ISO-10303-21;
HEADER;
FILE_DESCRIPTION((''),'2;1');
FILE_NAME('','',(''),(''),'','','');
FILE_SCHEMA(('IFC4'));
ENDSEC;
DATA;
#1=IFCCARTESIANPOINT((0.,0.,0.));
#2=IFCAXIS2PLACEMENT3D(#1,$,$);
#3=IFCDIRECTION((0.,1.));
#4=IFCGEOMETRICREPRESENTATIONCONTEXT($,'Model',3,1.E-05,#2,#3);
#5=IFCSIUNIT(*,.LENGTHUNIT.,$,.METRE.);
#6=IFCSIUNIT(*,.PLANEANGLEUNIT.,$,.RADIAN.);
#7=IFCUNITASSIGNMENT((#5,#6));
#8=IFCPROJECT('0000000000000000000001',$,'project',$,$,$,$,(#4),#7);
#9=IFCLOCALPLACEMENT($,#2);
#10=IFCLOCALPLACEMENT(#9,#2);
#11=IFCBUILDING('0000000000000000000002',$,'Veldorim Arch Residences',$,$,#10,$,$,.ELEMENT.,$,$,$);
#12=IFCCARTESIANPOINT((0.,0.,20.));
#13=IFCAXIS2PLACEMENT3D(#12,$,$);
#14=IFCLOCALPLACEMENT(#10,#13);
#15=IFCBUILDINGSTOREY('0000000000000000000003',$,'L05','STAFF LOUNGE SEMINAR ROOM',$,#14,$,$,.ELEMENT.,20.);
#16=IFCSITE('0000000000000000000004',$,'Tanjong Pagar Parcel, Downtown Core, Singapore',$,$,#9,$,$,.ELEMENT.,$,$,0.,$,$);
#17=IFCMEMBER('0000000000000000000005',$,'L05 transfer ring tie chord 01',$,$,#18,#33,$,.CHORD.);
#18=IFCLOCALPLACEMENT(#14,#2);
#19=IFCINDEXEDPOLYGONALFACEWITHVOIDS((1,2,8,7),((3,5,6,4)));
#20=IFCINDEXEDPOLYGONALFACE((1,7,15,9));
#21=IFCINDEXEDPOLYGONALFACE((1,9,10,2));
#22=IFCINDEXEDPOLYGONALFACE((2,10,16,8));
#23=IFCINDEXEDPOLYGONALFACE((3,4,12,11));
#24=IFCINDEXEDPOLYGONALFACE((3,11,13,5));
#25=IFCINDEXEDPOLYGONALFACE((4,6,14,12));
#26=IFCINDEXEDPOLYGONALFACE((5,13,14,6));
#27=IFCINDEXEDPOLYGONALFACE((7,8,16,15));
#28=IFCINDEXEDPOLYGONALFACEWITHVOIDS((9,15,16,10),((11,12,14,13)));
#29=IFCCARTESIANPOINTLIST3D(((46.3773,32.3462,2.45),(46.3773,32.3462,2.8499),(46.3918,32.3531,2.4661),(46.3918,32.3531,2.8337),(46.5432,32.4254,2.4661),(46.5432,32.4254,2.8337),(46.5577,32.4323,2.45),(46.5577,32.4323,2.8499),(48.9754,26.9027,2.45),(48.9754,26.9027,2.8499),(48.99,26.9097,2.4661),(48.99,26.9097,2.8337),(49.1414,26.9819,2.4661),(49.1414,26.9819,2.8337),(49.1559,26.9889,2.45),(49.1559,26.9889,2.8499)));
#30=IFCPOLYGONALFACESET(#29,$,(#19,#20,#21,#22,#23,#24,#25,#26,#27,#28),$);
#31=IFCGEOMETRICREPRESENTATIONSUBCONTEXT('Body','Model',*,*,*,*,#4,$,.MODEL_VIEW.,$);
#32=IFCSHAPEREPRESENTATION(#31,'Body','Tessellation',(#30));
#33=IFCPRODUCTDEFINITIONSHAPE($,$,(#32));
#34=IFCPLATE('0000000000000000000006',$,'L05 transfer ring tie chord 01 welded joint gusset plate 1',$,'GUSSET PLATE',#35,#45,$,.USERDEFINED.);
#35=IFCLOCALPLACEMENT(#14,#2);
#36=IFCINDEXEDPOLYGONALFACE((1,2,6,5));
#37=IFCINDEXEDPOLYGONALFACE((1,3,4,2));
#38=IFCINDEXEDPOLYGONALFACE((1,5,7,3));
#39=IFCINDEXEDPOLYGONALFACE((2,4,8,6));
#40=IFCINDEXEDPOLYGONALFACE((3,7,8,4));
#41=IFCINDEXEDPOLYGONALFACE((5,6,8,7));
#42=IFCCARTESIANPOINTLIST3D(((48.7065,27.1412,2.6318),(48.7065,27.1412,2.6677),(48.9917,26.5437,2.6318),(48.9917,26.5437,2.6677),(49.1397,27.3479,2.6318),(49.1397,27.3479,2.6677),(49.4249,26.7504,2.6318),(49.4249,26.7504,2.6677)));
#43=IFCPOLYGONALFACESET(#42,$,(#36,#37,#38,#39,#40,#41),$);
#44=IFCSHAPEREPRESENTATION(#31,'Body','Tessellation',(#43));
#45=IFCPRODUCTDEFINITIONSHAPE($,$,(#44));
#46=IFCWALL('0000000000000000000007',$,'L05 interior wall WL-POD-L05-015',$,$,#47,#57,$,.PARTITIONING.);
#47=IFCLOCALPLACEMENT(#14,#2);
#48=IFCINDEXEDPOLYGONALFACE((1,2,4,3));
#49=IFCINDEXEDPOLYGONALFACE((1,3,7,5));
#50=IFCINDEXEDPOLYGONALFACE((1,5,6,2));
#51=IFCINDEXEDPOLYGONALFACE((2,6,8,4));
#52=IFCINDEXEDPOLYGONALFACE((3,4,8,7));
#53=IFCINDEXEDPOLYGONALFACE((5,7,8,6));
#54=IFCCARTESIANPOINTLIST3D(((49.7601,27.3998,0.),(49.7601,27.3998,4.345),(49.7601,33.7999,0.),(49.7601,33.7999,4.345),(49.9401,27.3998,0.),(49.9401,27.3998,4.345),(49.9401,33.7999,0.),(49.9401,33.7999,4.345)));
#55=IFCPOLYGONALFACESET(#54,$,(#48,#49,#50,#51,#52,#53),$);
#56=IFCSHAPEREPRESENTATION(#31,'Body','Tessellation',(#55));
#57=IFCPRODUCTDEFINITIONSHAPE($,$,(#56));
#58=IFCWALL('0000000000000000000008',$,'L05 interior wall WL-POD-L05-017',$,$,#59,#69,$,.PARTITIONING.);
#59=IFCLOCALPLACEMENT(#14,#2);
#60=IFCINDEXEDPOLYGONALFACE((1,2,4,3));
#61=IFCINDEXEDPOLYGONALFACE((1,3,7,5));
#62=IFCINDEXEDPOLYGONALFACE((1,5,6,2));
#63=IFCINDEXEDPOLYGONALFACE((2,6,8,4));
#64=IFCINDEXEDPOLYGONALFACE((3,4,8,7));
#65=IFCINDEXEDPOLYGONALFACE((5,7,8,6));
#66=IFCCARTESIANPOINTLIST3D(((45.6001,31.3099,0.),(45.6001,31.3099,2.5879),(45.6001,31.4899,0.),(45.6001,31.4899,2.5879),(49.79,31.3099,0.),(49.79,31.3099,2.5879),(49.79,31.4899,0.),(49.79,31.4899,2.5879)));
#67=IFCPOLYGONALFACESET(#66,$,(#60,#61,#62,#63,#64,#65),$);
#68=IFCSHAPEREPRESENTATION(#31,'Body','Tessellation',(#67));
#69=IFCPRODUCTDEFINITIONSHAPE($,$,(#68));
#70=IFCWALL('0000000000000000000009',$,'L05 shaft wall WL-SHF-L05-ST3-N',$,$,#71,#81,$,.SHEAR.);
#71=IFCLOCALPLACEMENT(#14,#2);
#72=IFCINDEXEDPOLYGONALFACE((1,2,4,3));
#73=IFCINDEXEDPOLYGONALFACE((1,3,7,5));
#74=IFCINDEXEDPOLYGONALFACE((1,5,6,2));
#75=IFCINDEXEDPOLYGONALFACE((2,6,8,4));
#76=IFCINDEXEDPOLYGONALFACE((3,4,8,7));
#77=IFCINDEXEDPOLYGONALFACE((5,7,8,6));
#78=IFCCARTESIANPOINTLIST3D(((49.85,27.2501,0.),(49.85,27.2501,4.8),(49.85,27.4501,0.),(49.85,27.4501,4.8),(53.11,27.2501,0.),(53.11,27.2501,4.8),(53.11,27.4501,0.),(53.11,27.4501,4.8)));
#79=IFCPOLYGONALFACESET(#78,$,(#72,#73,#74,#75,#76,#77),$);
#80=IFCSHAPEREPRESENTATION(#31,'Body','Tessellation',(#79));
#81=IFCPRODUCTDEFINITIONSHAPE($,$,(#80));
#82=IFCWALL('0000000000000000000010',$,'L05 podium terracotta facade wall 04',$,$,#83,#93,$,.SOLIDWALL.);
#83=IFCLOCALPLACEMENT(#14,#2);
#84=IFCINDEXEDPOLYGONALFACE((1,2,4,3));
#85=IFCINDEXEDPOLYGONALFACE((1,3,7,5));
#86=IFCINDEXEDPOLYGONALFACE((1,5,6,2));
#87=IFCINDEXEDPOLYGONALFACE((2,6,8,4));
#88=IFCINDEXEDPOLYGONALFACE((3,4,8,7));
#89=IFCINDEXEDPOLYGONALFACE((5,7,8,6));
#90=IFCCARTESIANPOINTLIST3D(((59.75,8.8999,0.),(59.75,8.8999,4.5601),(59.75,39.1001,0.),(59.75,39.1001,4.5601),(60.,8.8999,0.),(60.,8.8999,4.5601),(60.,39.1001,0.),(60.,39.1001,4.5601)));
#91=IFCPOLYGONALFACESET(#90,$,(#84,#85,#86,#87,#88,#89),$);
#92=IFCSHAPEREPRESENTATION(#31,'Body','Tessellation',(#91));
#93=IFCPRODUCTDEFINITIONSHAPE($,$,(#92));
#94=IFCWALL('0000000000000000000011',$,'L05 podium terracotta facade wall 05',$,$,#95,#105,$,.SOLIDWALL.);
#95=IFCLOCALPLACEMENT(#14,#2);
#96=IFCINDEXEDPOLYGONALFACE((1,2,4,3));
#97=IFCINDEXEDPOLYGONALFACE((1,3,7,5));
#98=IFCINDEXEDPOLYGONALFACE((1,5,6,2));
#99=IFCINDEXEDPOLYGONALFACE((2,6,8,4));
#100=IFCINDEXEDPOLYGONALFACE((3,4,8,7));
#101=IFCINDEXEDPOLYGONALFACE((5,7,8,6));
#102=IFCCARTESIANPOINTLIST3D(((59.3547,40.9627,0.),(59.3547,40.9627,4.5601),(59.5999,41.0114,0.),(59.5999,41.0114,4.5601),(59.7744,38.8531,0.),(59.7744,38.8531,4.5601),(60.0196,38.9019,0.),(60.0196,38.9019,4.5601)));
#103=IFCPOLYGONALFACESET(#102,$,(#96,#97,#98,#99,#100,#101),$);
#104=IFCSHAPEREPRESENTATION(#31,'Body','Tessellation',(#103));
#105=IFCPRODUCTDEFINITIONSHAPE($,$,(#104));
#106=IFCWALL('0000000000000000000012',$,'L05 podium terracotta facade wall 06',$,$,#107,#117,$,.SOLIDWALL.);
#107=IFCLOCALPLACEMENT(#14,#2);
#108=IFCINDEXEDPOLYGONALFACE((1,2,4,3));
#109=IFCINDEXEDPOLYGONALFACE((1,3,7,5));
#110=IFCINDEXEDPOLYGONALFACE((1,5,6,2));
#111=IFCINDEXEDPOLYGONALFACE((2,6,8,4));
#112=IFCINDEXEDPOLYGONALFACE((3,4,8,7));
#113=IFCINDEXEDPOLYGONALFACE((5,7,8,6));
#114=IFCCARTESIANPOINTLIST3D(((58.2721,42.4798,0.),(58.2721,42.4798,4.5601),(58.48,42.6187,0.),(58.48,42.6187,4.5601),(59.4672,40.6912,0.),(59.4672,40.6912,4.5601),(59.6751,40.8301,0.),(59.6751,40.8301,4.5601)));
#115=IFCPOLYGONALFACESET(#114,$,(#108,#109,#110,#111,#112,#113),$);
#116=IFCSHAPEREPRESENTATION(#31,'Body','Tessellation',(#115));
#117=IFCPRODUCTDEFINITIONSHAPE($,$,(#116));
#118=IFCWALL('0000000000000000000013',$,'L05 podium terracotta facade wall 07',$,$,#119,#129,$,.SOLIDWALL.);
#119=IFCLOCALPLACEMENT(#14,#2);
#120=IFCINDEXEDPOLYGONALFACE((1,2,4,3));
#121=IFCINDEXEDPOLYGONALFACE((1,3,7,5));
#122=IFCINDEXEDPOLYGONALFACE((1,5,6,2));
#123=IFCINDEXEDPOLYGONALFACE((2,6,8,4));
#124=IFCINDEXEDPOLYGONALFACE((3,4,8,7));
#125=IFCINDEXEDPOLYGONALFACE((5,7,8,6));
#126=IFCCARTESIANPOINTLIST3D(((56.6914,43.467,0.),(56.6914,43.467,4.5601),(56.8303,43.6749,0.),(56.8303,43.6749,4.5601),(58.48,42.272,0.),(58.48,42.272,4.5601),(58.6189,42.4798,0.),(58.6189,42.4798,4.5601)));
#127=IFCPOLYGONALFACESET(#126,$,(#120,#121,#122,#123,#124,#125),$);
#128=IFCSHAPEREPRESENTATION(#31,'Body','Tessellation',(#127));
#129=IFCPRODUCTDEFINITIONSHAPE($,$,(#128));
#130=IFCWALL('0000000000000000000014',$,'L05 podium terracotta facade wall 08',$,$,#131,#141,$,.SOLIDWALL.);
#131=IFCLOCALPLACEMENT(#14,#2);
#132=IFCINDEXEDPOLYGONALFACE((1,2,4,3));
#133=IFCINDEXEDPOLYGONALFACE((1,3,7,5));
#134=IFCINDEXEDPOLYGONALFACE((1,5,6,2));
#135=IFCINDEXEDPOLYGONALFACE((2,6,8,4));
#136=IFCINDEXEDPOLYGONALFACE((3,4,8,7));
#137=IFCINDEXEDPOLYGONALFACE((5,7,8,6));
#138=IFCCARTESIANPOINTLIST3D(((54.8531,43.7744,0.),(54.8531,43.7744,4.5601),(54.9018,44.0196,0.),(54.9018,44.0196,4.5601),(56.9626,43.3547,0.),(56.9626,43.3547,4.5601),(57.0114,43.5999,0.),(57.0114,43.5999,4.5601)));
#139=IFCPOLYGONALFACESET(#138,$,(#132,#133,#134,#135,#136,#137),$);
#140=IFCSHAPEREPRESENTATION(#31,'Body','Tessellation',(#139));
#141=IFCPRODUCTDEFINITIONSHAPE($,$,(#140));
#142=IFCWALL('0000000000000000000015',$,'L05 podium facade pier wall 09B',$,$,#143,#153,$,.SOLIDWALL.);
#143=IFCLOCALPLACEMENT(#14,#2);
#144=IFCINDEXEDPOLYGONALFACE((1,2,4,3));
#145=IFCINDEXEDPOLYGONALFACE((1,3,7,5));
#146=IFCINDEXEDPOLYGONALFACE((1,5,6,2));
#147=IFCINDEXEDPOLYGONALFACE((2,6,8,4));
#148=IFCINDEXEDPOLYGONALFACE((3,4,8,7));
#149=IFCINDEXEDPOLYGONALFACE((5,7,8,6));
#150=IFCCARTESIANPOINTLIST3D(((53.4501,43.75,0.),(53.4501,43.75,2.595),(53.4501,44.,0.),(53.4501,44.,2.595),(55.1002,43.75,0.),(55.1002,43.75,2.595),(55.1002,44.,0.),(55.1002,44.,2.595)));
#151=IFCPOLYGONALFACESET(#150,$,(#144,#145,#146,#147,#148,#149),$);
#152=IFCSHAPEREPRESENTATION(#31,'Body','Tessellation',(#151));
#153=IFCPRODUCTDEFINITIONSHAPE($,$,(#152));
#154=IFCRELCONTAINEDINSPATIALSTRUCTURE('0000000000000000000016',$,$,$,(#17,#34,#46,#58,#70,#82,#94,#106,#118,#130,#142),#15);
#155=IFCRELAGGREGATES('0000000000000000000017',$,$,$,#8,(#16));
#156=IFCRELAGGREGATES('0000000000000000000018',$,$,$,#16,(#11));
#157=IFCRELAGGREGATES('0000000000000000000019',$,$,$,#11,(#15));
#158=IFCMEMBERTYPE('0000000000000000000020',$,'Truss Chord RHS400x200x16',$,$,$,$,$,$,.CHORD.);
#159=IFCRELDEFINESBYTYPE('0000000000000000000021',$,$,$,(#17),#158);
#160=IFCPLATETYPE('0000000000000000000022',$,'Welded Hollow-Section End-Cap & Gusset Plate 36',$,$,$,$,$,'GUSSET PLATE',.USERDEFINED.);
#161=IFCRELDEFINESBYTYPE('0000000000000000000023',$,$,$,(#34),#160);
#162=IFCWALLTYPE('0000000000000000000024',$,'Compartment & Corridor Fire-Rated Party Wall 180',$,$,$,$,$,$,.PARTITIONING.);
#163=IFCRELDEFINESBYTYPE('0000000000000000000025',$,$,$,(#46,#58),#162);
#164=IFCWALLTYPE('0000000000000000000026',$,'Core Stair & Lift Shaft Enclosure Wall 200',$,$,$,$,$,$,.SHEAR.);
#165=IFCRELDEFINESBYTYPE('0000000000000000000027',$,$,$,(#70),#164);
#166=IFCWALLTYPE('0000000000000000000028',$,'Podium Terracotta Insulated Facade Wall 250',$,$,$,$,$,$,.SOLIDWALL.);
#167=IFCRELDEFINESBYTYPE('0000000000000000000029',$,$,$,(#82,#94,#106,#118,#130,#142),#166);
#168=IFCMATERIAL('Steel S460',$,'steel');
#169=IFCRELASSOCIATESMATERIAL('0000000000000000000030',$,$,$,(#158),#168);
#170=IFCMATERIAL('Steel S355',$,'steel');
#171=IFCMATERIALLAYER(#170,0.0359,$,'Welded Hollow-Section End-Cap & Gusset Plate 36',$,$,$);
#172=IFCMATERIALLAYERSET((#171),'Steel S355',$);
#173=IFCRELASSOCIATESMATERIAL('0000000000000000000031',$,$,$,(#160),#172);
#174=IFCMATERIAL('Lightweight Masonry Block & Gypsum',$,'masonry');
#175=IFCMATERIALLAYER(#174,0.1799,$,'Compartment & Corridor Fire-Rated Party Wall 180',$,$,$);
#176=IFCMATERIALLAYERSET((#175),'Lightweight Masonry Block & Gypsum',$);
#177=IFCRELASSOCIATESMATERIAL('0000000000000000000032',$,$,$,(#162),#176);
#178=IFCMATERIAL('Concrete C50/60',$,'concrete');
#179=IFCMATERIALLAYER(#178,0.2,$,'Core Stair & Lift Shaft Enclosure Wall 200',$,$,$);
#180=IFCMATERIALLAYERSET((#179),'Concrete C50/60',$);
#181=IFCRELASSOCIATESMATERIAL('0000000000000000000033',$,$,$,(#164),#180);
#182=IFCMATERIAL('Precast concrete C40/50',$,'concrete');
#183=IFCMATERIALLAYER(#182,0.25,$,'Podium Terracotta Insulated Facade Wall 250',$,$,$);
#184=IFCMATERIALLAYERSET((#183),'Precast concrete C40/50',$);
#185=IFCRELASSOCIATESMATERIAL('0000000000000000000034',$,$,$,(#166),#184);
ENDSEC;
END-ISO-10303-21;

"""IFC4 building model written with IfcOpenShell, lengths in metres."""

from ifc_helpers import new_model, si_unit, direction, frame, frame_2d, origin, origin_2d, place, context, subcontext, project, spatial, rectangle, hollow_rectangle, extrude, material, layer, layer_set, material_profile, profile_set, type_object, element, save


model = new_model("IFC4")

# Units and contexts
model_context = context("Model", 3, precision=1e-05, world=origin(), true_north=direction((0.0, 1.0)))
body_context = subcontext(model_context, "Body", "Model", "MODEL_VIEW")
ifc_project = project(units=[si_unit("LENGTHUNIT", "METRE"), si_unit("PLANEANGLEUNIT", "RADIAN")], contexts=[model_context])

# Site, building, storey
site_placement = place(None, origin())
site = spatial("IfcSite", under=ifc_project, at=site_placement, Name="Tanjong Pagar Parcel, Downtown Core, Singapore", CompositionType="ELEMENT", RefElevation=0.0)
building_placement = place(site_placement, origin())
building = spatial("IfcBuilding", under=site, at=building_placement, Name="Veldorim Arch Residences", CompositionType="ELEMENT")
storey_placement = place(building_placement, frame((0.0, 0.0, 20.0)))
storey = spatial("IfcBuildingStorey", under=building, at=storey_placement, Name="L05", Description="STAFF LOUNGE SEMINAR ROOM", CompositionType="ELEMENT", Elevation=20.0)

# Member
ifc_material_1 = material(Name="Steel S460", Category="steel")
ifc_material_profile_1 = material_profile(ifc_material_1, hollow_rectangle(XDim=0.2, YDim=0.3999, WallThickness=0.0161, at=origin_2d()), Name="RHS400x200x16")
ifc_profile_set_1 = profile_set([ifc_material_profile_1], Name="Steel S460")
member_type = type_object("IfcMemberType", Name="Truss Chord RHS400x200x16", PredefinedType="CHORD", material=ifc_profile_set_1)
member_placement = place(storey_placement, frame((49.0657, 26.9458, 2.6499), z_axis=(-0.430754, 0.90247, 0.0), x_axis=(-0.90247, -0.430754, 0.0)))
element("IfcMember", 1, at=member_placement, inside=storey, type_object=member_type, Name="L05 transfer ring tie chord 01", PredefinedType="CHORD", context=body_context, shape_type="SweptSolid", body=[
    extrude(hollow_rectangle(XDim=0.2, YDim=0.3999, WallThickness=0.0161, at=origin_2d()), origin(), (0.0, 0.0, 1.0), 6.0317),
])

# Plate
ifc_material_2 = material(Name="Steel S355", Category="steel")
ifc_layer_1 = layer(ifc_material_2, 0.0359, Name="Welded Hollow-Section End-Cap & Gusset Plate 36")
ifc_layer_set_1 = layer_set([ifc_layer_1], Name="Steel S355")
plate_type = type_object("IfcPlateType", Name="Welded Hollow-Section End-Cap & Gusset Plate 36", ElementType="GUSSET PLATE", PredefinedType="USERDEFINED", material=ifc_layer_set_1)
plate_placement = place(storey_placement, frame((49.0657, 26.9458, 2.6318), z_axis=(0.0, 0.0, 1.0), x_axis=(-0.430763, 0.902465, 0.0)))
element("IfcPlate", 2, at=plate_placement, inside=storey, type_object=plate_type, Name="L05 transfer ring tie chord 01 welded joint gusset plate 1", ObjectType="GUSSET PLATE", PredefinedType="USERDEFINED", context=body_context, shape_type="SweptSolid", body=[
    extrude(rectangle(XDim=0.6621, YDim=0.48, at=origin_2d()), origin(), (0.0, 0.0, 1.0), 0.0359),
])

# Walls
ifc_material_3 = material(Name="Lightweight Masonry Block & Gypsum", Category="masonry")
ifc_layer_2 = layer(ifc_material_3, 0.1799, Name="Compartment & Corridor Fire-Rated Party Wall 180")
ifc_layer_set_2 = layer_set([ifc_layer_2], Name="Lightweight Masonry Block & Gypsum")
wall_type_1 = type_object("IfcWallType", Name="Compartment & Corridor Fire-Rated Party Wall 180", PredefinedType="PARTITIONING", material=ifc_layer_set_2)
wall_1_placement = place(storey_placement, frame((49.8501, 33.8, 0.0), z_axis=(0.0, 0.0, 1.0), x_axis=(0.0, -1.0, 0.0)))
element("IfcWall", 3, at=wall_1_placement, inside=storey, type_object=wall_type_1, Name="L05 interior wall WL-POD-L05-015", PredefinedType="PARTITIONING", context=body_context, shape_type="SweptSolid", body=[
    extrude(rectangle(XDim=6.4001, YDim=0.1799, at=frame_2d((3.2002, 0.0))), origin(), (0.0, 0.0, 1.0), 4.345),
])
wall_2_placement = place(storey_placement, frame((49.79, 31.3999, 0.0), z_axis=(0.0, 0.0, 1.0), x_axis=(-1.0, 0.0, 0.0)))
element("IfcWall", 4, at=wall_2_placement, inside=storey, type_object=wall_type_1, Name="L05 interior wall WL-POD-L05-017", PredefinedType="PARTITIONING", context=body_context, shape_type="SweptSolid", body=[
    extrude(rectangle(XDim=4.1899, YDim=0.1799, at=frame_2d((2.095, 0.0))), origin(), (0.0, 0.0, 1.0), 2.5879),
])
ifc_material_4 = material(Name="Concrete C50/60", Category="concrete")
ifc_layer_3 = layer(ifc_material_4, 0.2, Name="Core Stair & Lift Shaft Enclosure Wall 200")
ifc_layer_set_3 = layer_set([ifc_layer_3], Name="Concrete C50/60")
wall_type_2 = type_object("IfcWallType", Name="Core Stair & Lift Shaft Enclosure Wall 200", PredefinedType="SHEAR", material=ifc_layer_set_3)
wall_3_placement = place(storey_placement, frame((49.8501, 27.3501, 0.0), z_axis=(0.0, 0.0, 1.0), x_axis=(1.0, 0.0, 0.0)))
element("IfcWall", 5, at=wall_3_placement, inside=storey, type_object=wall_type_2, Name="L05 shaft wall WL-SHF-L05-ST3-N", PredefinedType="SHEAR", context=body_context, shape_type="SweptSolid", body=[
    extrude(rectangle(XDim=3.26, YDim=0.2, at=frame_2d((1.6299, 0.0))), origin(), (0.0, 0.0, 1.0), 4.8),
])
ifc_material_5 = material(Name="Precast concrete C40/50", Category="concrete")
ifc_layer_4 = layer(ifc_material_5, 0.25, Name="Podium Terracotta Insulated Facade Wall 250")
ifc_layer_set_4 = layer_set([ifc_layer_4], Name="Precast concrete C40/50")
wall_type_3 = type_object("IfcWallType", Name="Podium Terracotta Insulated Facade Wall 250", PredefinedType="SOLIDWALL", material=ifc_layer_set_4)
wall_4_placement = place(storey_placement, frame((59.875, 39.1001, 0.0), z_axis=(0.0, 0.0, 1.0), x_axis=(0.0, -1.0, 0.0)))
element("IfcWall", 6, at=wall_4_placement, inside=storey, type_object=wall_type_3, Name="L05 podium terracotta facade wall 04", PredefinedType="SOLIDWALL", context=body_context, shape_type="SweptSolid", body=[
    extrude(rectangle(XDim=30.2002, YDim=0.25, at=frame_2d((15.1001, 0.0))), origin(), (0.0, 0.0, 1.0), 4.5601),
])
wall_5_placement = place(storey_placement, frame((59.4773, 40.9871, 0.0), z_axis=(0.0, 0.0, 1.0), x_axis=(0.195112, -0.980781, 0.0)))
element("IfcWall", 7, at=wall_5_placement, inside=storey, type_object=wall_type_3, Name="L05 podium terracotta facade wall 05", PredefinedType="SOLIDWALL", context=body_context, shape_type="SweptSolid", body=[
    extrude(rectangle(XDim=2.1509, YDim=0.25, at=frame_2d((1.0754, 0.0))), origin(), (0.0, 0.0, 1.0), 4.5601),
])
for number, where, z_axis, x_axis, name in (
    (8, (58.376, 42.5493, 0.0), (0.0, 0.0, 1.0), (0.555564, -0.831474, 0.0), "L05 podium terracotta facade wall 06"),
    (9, (56.7607, 43.571, 0.0), (0.0, 0.0, 1.0), (0.831474, -0.555564, 0.0), "L05 podium terracotta facade wall 07"),
):
    element("IfcWall", number, at=place(storey_placement, frame(where, z_axis=z_axis, x_axis=x_axis)), inside=storey, type_object=wall_type_3, Name=name, PredefinedType="SOLIDWALL", context=body_context, shape_type="SweptSolid", body=[
        extrude(rectangle(XDim=2.1511, YDim=0.25, at=frame_2d((1.0757, 0.0))), origin(), (0.0, 0.0, 1.0), 4.5601),
    ])
wall_6_placement = place(storey_placement, frame((54.8774, 43.897, 0.0), z_axis=(0.0, 0.0, 1.0), x_axis=(0.980781, -0.195112, 0.0)))
element("IfcWall", 10, at=wall_6_placement, inside=storey, type_object=wall_type_3, Name="L05 podium terracotta facade wall 08", PredefinedType="SOLIDWALL", context=body_context, shape_type="SweptSolid", body=[
    extrude(rectangle(XDim=2.1509, YDim=0.25, at=frame_2d((1.0754, 0.0))), origin(), (0.0, 0.0, 1.0), 4.5601),
])
wall_7_placement = place(storey_placement, frame((53.45, 43.875, 0.0), z_axis=(0.0, 0.0, 1.0), x_axis=(1.0, 0.0, 0.0)))
element("IfcWall", 11, at=wall_7_placement, inside=storey, type_object=wall_type_3, Name="L05 podium facade pier wall 09B", PredefinedType="SOLIDWALL", context=body_context, shape_type="SweptSolid", body=[
    extrude(rectangle(XDim=1.6501, YDim=0.25, at=frame_2d((0.8252, 0.0))), origin(), (0.0, 0.0, 1.0), 2.595),
])

save(model, "model.ifc")
